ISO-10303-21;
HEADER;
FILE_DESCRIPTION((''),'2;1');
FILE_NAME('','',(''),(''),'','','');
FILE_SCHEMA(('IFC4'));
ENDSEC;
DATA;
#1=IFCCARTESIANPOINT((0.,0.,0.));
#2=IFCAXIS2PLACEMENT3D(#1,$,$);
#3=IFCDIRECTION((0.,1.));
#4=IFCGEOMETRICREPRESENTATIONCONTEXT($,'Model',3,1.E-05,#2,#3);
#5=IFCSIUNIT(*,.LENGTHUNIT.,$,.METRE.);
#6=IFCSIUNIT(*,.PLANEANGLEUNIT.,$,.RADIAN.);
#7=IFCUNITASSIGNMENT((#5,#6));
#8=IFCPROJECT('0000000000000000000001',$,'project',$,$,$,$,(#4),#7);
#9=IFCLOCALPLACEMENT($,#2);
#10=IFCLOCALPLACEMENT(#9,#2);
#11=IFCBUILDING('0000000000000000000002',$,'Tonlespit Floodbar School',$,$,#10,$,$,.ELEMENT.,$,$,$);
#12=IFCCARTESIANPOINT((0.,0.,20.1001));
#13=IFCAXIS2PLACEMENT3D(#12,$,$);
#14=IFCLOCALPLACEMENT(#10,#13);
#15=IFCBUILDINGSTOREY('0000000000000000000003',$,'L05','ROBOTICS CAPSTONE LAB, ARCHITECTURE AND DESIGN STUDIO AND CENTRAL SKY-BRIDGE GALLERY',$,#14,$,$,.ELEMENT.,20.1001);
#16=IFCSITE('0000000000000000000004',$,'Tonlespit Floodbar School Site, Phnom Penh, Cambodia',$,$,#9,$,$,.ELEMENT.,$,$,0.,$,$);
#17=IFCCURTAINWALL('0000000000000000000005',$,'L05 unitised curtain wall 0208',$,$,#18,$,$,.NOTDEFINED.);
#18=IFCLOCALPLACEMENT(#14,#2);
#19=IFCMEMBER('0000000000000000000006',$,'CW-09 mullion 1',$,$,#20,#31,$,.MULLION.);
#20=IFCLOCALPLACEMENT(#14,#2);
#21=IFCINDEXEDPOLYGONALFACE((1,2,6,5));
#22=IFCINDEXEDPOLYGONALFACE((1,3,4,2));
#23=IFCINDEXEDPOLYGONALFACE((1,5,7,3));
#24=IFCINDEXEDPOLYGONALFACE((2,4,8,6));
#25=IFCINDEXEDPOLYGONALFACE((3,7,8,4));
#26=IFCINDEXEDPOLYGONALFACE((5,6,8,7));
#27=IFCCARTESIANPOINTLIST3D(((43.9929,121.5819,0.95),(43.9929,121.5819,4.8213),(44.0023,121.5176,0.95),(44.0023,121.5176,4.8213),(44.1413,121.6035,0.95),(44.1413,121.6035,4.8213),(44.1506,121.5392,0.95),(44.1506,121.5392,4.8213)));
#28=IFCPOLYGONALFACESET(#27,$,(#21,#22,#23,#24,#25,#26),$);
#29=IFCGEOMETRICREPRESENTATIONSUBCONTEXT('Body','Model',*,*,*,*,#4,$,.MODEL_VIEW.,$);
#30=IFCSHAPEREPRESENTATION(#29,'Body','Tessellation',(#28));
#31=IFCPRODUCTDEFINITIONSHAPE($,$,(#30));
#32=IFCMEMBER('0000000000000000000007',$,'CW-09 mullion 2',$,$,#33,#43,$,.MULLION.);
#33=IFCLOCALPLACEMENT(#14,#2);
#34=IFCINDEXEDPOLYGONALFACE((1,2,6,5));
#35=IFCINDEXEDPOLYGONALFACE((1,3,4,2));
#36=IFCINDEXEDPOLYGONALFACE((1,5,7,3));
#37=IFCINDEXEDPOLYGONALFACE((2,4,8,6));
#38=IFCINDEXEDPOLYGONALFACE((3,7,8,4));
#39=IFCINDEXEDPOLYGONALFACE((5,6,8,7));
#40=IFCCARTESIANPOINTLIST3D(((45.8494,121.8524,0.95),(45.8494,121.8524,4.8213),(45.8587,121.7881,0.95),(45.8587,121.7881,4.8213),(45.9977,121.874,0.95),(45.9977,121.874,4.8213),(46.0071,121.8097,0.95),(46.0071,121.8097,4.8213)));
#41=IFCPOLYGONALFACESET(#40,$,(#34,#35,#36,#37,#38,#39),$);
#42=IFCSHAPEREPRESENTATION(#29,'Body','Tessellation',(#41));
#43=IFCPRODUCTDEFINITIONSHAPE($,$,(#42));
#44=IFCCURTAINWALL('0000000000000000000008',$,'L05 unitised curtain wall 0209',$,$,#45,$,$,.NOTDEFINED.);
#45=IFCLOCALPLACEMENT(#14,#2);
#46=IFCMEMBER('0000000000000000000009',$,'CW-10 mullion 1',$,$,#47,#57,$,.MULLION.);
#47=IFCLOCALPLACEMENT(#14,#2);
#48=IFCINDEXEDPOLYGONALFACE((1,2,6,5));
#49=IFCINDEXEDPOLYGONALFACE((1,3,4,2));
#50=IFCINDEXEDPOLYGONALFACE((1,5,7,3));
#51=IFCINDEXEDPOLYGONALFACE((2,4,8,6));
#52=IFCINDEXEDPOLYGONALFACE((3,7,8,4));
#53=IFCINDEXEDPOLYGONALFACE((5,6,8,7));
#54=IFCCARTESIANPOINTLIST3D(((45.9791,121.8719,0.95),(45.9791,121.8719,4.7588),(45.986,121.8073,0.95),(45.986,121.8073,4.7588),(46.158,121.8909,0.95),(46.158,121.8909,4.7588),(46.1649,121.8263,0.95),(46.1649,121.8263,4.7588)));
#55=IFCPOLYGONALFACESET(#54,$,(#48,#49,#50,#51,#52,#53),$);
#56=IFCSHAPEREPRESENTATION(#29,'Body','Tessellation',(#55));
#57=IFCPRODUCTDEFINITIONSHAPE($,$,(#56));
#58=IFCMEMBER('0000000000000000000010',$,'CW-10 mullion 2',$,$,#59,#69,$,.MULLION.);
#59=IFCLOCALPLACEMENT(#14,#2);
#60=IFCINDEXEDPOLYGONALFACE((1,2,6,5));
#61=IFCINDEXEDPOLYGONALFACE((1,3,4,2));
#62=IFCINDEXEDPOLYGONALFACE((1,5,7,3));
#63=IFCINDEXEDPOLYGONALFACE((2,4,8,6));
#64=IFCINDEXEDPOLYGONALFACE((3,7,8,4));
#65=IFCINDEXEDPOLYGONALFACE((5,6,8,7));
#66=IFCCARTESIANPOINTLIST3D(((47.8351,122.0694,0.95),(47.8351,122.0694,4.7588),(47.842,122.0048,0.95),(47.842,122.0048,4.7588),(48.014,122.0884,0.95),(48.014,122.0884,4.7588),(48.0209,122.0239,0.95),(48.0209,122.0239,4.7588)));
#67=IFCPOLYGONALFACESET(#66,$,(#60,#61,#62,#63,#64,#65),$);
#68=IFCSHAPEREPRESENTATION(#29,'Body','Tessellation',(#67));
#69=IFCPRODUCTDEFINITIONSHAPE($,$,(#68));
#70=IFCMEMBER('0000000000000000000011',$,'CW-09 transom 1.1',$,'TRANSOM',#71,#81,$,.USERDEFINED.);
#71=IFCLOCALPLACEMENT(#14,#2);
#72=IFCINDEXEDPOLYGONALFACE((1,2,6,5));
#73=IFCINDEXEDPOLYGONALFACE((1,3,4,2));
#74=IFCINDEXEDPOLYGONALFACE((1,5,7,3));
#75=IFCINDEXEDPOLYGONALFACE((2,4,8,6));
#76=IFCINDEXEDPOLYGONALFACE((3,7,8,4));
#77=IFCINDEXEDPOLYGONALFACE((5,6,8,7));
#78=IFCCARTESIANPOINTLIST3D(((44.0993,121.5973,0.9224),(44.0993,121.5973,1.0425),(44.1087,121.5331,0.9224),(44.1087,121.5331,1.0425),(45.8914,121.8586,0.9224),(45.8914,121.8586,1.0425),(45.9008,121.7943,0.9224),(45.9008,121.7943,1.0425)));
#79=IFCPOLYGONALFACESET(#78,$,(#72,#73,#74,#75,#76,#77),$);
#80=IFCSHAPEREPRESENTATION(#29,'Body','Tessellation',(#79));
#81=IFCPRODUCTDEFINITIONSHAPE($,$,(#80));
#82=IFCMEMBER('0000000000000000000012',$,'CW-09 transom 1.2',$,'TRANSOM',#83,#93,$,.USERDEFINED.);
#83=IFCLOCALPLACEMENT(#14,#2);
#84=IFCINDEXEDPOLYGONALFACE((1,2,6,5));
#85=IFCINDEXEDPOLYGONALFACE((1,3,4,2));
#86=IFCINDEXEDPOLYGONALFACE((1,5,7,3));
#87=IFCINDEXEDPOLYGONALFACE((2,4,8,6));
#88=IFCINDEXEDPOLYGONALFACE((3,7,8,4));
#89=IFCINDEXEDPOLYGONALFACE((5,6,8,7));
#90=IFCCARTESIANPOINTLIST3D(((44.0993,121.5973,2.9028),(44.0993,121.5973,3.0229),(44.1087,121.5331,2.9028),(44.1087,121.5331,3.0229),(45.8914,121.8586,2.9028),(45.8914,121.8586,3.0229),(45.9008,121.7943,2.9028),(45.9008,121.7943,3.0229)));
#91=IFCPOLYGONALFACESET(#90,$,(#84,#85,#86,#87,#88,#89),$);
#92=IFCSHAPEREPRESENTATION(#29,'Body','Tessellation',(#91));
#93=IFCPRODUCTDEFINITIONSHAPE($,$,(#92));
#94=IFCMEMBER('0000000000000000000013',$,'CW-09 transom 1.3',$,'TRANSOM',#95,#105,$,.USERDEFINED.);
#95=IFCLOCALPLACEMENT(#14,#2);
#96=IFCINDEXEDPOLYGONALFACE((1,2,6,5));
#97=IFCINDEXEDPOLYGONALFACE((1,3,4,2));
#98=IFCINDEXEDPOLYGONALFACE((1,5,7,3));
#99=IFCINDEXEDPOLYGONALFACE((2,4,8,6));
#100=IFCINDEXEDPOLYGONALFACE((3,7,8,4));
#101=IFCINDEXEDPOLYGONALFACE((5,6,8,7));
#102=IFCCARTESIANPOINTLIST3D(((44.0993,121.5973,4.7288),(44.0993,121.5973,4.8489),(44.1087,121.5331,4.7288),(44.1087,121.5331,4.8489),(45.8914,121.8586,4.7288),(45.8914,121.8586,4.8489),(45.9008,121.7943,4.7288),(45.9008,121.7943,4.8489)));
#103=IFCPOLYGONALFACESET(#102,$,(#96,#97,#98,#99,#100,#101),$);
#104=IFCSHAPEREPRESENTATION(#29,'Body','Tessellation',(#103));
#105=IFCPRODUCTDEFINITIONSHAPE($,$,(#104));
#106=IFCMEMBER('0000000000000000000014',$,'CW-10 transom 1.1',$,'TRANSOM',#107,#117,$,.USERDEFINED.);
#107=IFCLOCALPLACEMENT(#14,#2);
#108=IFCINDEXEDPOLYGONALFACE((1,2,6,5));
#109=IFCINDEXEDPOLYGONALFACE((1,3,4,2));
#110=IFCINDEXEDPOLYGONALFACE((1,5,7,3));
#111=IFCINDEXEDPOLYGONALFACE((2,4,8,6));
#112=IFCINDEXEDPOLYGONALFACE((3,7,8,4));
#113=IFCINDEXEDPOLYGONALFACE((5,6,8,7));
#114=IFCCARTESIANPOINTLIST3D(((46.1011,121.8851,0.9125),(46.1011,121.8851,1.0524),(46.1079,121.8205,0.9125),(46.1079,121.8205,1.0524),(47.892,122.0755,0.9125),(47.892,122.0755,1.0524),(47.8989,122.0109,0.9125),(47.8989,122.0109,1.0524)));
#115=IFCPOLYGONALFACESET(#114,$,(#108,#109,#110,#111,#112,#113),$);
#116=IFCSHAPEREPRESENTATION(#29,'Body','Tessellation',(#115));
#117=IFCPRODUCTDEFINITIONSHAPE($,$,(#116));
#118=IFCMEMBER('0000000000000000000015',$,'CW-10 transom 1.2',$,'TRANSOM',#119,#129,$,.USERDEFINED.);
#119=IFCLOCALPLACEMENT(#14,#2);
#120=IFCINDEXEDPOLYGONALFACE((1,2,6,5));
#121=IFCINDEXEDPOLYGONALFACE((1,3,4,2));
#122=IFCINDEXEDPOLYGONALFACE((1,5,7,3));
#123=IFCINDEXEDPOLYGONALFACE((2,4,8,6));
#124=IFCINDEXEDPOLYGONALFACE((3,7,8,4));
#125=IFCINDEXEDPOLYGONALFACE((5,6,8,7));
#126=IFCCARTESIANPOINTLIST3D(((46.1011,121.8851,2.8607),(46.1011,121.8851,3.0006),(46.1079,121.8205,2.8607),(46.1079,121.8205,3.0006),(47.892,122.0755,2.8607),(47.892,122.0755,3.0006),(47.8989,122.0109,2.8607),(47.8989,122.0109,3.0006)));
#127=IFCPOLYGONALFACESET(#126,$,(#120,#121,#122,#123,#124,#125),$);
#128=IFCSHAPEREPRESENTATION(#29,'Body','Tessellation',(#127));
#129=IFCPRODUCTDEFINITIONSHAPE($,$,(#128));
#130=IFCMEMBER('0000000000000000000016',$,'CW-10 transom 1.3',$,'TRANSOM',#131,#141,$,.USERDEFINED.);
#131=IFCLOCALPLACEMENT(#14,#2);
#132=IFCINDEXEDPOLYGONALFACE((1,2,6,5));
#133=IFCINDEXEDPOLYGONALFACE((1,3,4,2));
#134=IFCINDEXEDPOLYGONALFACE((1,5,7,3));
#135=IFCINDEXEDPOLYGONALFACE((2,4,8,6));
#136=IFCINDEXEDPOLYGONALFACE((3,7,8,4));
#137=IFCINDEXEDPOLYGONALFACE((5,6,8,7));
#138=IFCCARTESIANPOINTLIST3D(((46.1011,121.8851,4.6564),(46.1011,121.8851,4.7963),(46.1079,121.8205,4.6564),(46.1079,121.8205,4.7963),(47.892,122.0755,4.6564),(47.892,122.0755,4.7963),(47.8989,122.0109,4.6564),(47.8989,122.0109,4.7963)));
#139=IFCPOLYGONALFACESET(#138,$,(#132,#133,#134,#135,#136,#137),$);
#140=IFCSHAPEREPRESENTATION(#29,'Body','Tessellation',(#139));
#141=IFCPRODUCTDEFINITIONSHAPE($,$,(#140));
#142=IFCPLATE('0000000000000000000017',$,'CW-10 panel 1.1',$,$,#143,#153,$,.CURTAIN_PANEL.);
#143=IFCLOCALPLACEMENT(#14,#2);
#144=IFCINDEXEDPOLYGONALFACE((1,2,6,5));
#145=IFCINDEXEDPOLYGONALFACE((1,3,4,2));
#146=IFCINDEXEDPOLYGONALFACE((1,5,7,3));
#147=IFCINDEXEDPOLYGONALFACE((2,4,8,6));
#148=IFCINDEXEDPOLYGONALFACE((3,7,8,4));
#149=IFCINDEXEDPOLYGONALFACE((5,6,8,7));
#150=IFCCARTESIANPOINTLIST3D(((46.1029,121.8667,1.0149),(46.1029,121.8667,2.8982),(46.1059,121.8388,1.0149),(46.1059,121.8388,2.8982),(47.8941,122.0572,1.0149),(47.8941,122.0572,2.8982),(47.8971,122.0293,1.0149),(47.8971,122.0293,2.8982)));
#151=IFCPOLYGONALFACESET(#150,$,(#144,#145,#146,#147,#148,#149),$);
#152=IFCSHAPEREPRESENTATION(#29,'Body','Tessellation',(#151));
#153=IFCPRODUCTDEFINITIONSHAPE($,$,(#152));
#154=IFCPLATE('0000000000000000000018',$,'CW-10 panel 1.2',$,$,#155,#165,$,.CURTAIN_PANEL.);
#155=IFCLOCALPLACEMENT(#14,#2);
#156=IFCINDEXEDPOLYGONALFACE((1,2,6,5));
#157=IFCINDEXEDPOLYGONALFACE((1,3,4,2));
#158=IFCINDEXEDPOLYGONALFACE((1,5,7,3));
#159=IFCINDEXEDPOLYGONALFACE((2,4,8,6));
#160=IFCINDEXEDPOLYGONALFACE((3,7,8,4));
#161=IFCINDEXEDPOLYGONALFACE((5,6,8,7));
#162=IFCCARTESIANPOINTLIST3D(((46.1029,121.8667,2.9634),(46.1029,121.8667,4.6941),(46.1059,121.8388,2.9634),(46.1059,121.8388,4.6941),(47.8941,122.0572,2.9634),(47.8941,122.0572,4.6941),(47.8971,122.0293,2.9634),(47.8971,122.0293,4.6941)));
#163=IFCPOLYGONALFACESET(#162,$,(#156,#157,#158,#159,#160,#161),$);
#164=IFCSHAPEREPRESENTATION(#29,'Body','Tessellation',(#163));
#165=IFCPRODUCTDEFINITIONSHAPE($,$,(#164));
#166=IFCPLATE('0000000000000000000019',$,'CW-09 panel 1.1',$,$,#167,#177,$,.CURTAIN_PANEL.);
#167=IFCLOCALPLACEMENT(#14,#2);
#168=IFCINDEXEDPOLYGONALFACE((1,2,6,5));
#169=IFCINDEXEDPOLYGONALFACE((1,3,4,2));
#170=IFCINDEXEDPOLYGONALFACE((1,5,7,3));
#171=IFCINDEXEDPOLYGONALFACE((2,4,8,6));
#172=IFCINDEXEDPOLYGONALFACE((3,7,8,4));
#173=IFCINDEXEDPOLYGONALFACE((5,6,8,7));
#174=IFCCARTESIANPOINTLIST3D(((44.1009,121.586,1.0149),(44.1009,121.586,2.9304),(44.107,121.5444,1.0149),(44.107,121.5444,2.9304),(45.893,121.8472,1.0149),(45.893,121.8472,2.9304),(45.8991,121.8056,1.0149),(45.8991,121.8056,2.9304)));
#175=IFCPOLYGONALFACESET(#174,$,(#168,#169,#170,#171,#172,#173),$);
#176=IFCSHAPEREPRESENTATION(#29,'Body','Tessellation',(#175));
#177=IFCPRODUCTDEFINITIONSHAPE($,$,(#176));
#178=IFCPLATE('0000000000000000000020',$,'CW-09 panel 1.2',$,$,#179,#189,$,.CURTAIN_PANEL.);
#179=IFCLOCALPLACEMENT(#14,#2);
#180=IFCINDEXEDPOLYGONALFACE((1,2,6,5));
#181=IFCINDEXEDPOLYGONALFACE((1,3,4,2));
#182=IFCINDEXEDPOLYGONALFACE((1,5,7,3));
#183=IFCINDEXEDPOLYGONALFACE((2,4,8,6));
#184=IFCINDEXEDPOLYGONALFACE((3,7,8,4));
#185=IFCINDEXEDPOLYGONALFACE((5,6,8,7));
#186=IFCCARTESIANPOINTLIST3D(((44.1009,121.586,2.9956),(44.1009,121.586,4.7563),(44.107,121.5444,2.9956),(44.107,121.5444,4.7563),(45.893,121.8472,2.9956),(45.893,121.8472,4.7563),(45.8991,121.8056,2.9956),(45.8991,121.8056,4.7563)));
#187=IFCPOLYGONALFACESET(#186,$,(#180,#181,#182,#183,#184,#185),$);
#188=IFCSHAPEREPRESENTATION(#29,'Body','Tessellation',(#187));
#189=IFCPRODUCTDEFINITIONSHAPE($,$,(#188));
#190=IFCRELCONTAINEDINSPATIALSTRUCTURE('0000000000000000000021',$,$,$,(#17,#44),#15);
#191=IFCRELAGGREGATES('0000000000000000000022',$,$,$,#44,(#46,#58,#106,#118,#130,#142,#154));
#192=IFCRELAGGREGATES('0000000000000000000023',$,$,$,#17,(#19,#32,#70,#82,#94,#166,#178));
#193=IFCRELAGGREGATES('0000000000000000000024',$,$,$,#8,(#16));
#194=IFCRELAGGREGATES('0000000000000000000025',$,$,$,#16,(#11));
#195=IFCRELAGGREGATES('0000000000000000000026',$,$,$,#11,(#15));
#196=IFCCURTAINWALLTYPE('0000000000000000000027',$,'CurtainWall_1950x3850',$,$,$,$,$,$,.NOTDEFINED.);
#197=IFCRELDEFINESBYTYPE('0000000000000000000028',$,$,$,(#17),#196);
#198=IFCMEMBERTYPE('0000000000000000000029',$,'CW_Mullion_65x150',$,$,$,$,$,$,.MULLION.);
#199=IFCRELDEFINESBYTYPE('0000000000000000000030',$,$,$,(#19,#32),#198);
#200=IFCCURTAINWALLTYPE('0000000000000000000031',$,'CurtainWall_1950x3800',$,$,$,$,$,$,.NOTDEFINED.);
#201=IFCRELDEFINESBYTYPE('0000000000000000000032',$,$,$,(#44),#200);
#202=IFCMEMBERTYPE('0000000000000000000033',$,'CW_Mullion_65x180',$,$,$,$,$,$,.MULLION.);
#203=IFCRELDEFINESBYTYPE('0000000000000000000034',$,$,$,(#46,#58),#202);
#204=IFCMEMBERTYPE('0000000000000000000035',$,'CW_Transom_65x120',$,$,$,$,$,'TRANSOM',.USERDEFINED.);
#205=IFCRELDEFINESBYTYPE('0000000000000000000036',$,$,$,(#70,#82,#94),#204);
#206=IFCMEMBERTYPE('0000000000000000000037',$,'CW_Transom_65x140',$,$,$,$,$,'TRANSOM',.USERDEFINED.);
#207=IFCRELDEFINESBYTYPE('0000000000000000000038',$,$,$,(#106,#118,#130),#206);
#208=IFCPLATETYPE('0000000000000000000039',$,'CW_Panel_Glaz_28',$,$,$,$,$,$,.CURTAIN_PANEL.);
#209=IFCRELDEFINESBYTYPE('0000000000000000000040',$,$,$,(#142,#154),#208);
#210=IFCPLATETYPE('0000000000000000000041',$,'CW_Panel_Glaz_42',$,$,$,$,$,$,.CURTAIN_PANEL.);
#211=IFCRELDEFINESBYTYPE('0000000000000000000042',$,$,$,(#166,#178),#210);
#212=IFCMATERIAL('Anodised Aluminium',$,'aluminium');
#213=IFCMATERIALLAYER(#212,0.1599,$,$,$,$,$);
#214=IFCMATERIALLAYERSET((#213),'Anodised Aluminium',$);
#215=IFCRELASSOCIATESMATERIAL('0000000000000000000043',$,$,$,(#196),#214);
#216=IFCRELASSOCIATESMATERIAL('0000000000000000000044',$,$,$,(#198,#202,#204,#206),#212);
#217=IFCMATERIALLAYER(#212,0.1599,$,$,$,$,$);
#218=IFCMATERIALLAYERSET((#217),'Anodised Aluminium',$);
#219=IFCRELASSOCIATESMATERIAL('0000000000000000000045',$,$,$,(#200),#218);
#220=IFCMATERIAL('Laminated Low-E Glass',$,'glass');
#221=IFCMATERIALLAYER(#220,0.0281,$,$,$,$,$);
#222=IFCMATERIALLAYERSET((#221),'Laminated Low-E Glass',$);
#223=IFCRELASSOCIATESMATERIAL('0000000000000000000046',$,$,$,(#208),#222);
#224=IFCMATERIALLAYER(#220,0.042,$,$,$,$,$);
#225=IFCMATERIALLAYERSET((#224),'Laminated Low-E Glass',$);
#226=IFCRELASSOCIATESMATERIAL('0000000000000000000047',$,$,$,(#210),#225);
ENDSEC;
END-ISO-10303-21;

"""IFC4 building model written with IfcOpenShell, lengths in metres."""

from ifc_helpers import new_model, si_unit, direction, frame, origin, origin_2d, place, context, subcontext, project, spatial, rectangle, extrude, material, layer, layer_set, material_profile, profile_set, type_object, element, aggregate, save


model = new_model("IFC4")

# Units and contexts
model_context = context("Model", 3, precision=1e-05, world=origin(), true_north=direction((0.0, 1.0)))
body_context = subcontext(model_context, "Body", "Model", "MODEL_VIEW")
ifc_project = project(units=[si_unit("LENGTHUNIT", "METRE"), si_unit("PLANEANGLEUNIT", "RADIAN")], contexts=[model_context])

# Site, building, storey
site_placement = place(None, origin())
site = spatial("IfcSite", under=ifc_project, at=site_placement, Name="Tonlespit Floodbar School Site, Phnom Penh, Cambodia", CompositionType="ELEMENT", RefElevation=0.0)
building_placement = place(site_placement, origin())
building = spatial("IfcBuilding", under=site, at=building_placement, Name="Tonlespit Floodbar School", CompositionType="ELEMENT")
storey_placement = place(building_placement, frame((0.0, 0.0, 20.1001)))
storey = spatial("IfcBuildingStorey", under=building, at=storey_placement, Name="L05", Description="ROBOTICS CAPSTONE LAB, ARCHITECTURE AND DESIGN STUDIO AND CENTRAL SKY-BRIDGE GALLERY", CompositionType="ELEMENT", Elevation=20.1001)

# Curtain walls, members
ifc_material_1 = material(Name="Anodised Aluminium", Category="aluminium")
ifc_layer_1 = layer(ifc_material_1, 0.1599)
ifc_layer_set_1 = layer_set([ifc_layer_1], Name="Anodised Aluminium")
curtain_wall_type_1 = type_object("IfcCurtainWallType", Name="CurtainWall_1950x3850", PredefinedType="NOTDEFINED", material=ifc_layer_set_1)
curtain_wall_1_placement = place(storey_placement, origin())
curtain_wall_1 = element("IfcCurtainWall", 1, at=curtain_wall_1_placement, inside=storey, type_object=curtain_wall_type_1, Name="L05 unitised curtain wall 0208", PredefinedType="NOTDEFINED")
ifc_material_profile_1 = material_profile(ifc_material_1, rectangle(XDim=0.0649, YDim=0.1499, at=origin_2d()), Name="ALU M65x150")
ifc_profile_set_1 = profile_set([ifc_material_profile_1], Name="Anodised Aluminium")
member_type_1 = type_object("IfcMemberType", Name="CW_Mullion_65x150", PredefinedType="MULLION", material=ifc_profile_set_1)
member_1_placement = place(storey_placement, frame((44.0718, 121.5605, 0.95), z_axis=(0.0, 0.0, 1.0), x_axis=(-0.144248, 0.989542, 0.0)))
member_1 = element("IfcMember", 2, at=member_1_placement, type_object=member_type_1, Name="CW-09 mullion 1", PredefinedType="MULLION", context=body_context, shape_type="SweptSolid", body=[
    extrude(rectangle(XDim=0.0649, YDim=0.1499, at=origin_2d()), origin(), (0.0, 0.0, 1.0), 3.8713),
])
member_2_placement = place(storey_placement, frame((45.9282, 121.8311, 0.95), z_axis=(0.0, 0.0, 1.0), x_axis=(-0.144248, 0.989542, 0.0)))
member_2 = element("IfcMember", 3, at=member_2_placement, type_object=member_type_1, Name="CW-09 mullion 2", PredefinedType="MULLION", context=body_context, shape_type="SweptSolid", body=[
    extrude(rectangle(XDim=0.0649, YDim=0.1499, at=origin_2d()), origin(), (0.0, 0.0, 1.0), 3.8713),
])
ifc_layer_2 = layer(ifc_material_1, 0.1599)
ifc_layer_set_2 = layer_set([ifc_layer_2], Name="Anodised Aluminium")
curtain_wall_type_2 = type_object("IfcCurtainWallType", Name="CurtainWall_1950x3800", PredefinedType="NOTDEFINED", material=ifc_layer_set_2)
curtain_wall_2_placement = place(storey_placement, origin())
curtain_wall_2 = element("IfcCurtainWall", 4, at=curtain_wall_2_placement, inside=storey, type_object=curtain_wall_type_2, Name="L05 unitised curtain wall 0209", PredefinedType="NOTDEFINED")
ifc_material_profile_2 = material_profile(ifc_material_1, rectangle(XDim=0.0649, YDim=0.1799, at=origin_2d()), Name="ALU M65x180")
ifc_profile_set_2 = profile_set([ifc_material_profile_2], Name="Anodised Aluminium")
member_type_2 = type_object("IfcMemberType", Name="CW_Mullion_65x180", PredefinedType="MULLION", material=ifc_profile_set_2)
member_3_placement = place(storey_placement, frame((46.072, 121.8491, 0.95), z_axis=(0.0, 0.0, 1.0), x_axis=(-0.105787, 0.994389, 0.0)))
member_3 = element("IfcMember", 5, at=member_3_placement, type_object=member_type_2, Name="CW-10 mullion 1", PredefinedType="MULLION", context=body_context, shape_type="SweptSolid", body=[
    extrude(rectangle(XDim=0.0649, YDim=0.1799, at=origin_2d()), origin(), (0.0, 0.0, 1.0), 3.8088),
])
member_4_placement = place(storey_placement, frame((47.928, 122.0466, 0.95), z_axis=(0.0, 0.0, 1.0), x_axis=(-0.105787, 0.994389, 0.0)))
member_4 = element("IfcMember", 6, at=member_4_placement, type_object=member_type_2, Name="CW-10 mullion 2", PredefinedType="MULLION", context=body_context, shape_type="SweptSolid", body=[
    extrude(rectangle(XDim=0.0649, YDim=0.1799, at=origin_2d()), origin(), (0.0, 0.0, 1.0), 3.8088),
])

# Members
ifc_material_profile_3 = material_profile(ifc_material_1, rectangle(XDim=0.0649, YDim=0.1201, at=origin_2d()), Name="ALU T65x120")
ifc_profile_set_3 = profile_set([ifc_material_profile_3], Name="Anodised Aluminium")
member_type_3 = type_object("IfcMemberType", Name="CW_Transom_65x120", ElementType="TRANSOM", PredefinedType="USERDEFINED", material=ifc_profile_set_3)
member_5_placement = place(storey_placement, frame((44.104, 121.5652, 0.9824), z_axis=(0.989541, 0.144252, 0.0), x_axis=(-0.144252, 0.989541, 0.0)))
member_5 = element("IfcMember", 7, at=member_5_placement, type_object=member_type_3, Name="CW-09 transom 1.1", ObjectType="TRANSOM", PredefinedType="USERDEFINED", context=body_context, shape_type="SweptSolid", body=[
    extrude(rectangle(XDim=0.0649, YDim=0.1201, at=origin_2d()), origin(), (0.0, 0.0, 1.0), 1.811),
])
member_6_placement = place(storey_placement, frame((44.104, 121.5652, 2.9629), z_axis=(0.989541, 0.144252, 0.0), x_axis=(-0.144252, 0.989541, 0.0)))
member_6 = element("IfcMember", 8, at=member_6_placement, type_object=member_type_3, Name="CW-09 transom 1.2", ObjectType="TRANSOM", PredefinedType="USERDEFINED", context=body_context, shape_type="SweptSolid", body=[
    extrude(rectangle(XDim=0.0649, YDim=0.1201, at=origin_2d()), origin(), (0.0, 0.0, 1.0), 1.811),
])
member_7_placement = place(storey_placement, frame((44.104, 121.5652, 4.7888), z_axis=(0.989541, 0.144252, 0.0), x_axis=(-0.144252, 0.989541, 0.0)))
member_7 = element("IfcMember", 9, at=member_7_placement, type_object=member_type_3, Name="CW-09 transom 1.3", ObjectType="TRANSOM", PredefinedType="USERDEFINED", context=body_context, shape_type="SweptSolid", body=[
    extrude(rectangle(XDim=0.0649, YDim=0.1201, at=origin_2d()), origin(), (0.0, 0.0, 1.0), 1.811),
])
ifc_material_profile_4 = material_profile(ifc_material_1, rectangle(XDim=0.0649, YDim=0.1399, at=origin_2d()), Name="ALU T65x140")
ifc_profile_set_4 = profile_set([ifc_material_profile_4], Name="Anodised Aluminium")
member_type_4 = type_object("IfcMemberType", Name="CW_Transom_65x140", ElementType="TRANSOM", PredefinedType="USERDEFINED", material=ifc_profile_set_4)
member_8_placement = place(storey_placement, frame((46.1045, 121.8528, 0.9824), z_axis=(0.994395, 0.105729, 0.0), x_axis=(-0.105729, 0.994395, 0.0)))
member_8 = element("IfcMember", 10, at=member_8_placement, type_object=member_type_4, Name="CW-10 transom 1.1", ObjectType="TRANSOM", PredefinedType="USERDEFINED", context=body_context, shape_type="SweptSolid", body=[
    extrude(rectangle(XDim=0.0649, YDim=0.1399, at=origin_2d()), origin(), (0.0, 0.0, 1.0), 1.801),
])
member_9_placement = place(storey_placement, frame((46.1045, 121.8528, 2.9307), z_axis=(0.994395, 0.105729, 0.0), x_axis=(-0.105729, 0.994395, 0.0)))
member_9 = element("IfcMember", 11, at=member_9_placement, type_object=member_type_4, Name="CW-10 transom 1.2", ObjectType="TRANSOM", PredefinedType="USERDEFINED", context=body_context, shape_type="SweptSolid", body=[
    extrude(rectangle(XDim=0.0649, YDim=0.1399, at=origin_2d()), origin(), (0.0, 0.0, 1.0), 1.801),
])
member_10_placement = place(storey_placement, frame((46.1045, 121.8528, 4.7263), z_axis=(0.994395, 0.105729, 0.0), x_axis=(-0.105729, 0.994395, 0.0)))
member_10 = element("IfcMember", 12, at=member_10_placement, type_object=member_type_4, Name="CW-10 transom 1.3", ObjectType="TRANSOM", PredefinedType="USERDEFINED", context=body_context, shape_type="SweptSolid", body=[
    extrude(rectangle(XDim=0.0649, YDim=0.1399, at=origin_2d()), origin(), (0.0, 0.0, 1.0), 1.801),
])

# Plates
ifc_material_2 = material(Name="Laminated Low-E Glass", Category="glass")
ifc_layer_3 = layer(ifc_material_2, 0.0281)
ifc_layer_set_3 = layer_set([ifc_layer_3], Name="Laminated Low-E Glass")
plate_type_1 = type_object("IfcPlateType", Name="CW_Panel_Glaz_28", PredefinedType="CURTAIN_PANEL", material=ifc_layer_set_3)
plate_1_placement = place(storey_placement, frame((47.0, 121.948, 1.0149), z_axis=(0.0, 0.0, 1.0), x_axis=(0.994389, 0.105787, 0.0)))
plate_1 = element("IfcPlate", 13, at=plate_1_placement, type_object=plate_type_1, Name="CW-10 panel 1.1", PredefinedType="CURTAIN_PANEL", context=body_context, shape_type="SweptSolid", body=[
    extrude(rectangle(XDim=1.8013, YDim=0.0281, at=origin_2d()), origin(), (0.0, 0.0, 1.0), 1.8833),
])
plate_2_placement = place(storey_placement, frame((47.0, 121.948, 2.9634), z_axis=(0.0, 0.0, 1.0), x_axis=(0.994389, 0.105787, 0.0)))
plate_2 = element("IfcPlate", 14, at=plate_2_placement, type_object=plate_type_1, Name="CW-10 panel 1.2", PredefinedType="CURTAIN_PANEL", context=body_context, shape_type="SweptSolid", body=[
    extrude(rectangle(XDim=1.8013, YDim=0.0281, at=origin_2d()), origin(), (0.0, 0.0, 1.0), 1.7307),
])
aggregate(curtain_wall_2, [member_3, member_4, member_8, member_9, member_10, plate_1, plate_2])
ifc_layer_4 = layer(ifc_material_2, 0.042)
ifc_layer_set_4 = layer_set([ifc_layer_4], Name="Laminated Low-E Glass")
plate_type_2 = type_object("IfcPlateType", Name="CW_Panel_Glaz_42", PredefinedType="CURTAIN_PANEL", material=ifc_layer_set_4)
plate_3_placement = place(storey_placement, frame((45.0, 121.6958, 1.0149), z_axis=(0.0, 0.0, 1.0), x_axis=(0.989542, 0.144248, 0.0)))
plate_3 = element("IfcPlate", 15, at=plate_3_placement, type_object=plate_type_2, Name="CW-09 panel 1.1", PredefinedType="CURTAIN_PANEL", context=body_context, shape_type="SweptSolid", body=[
    extrude(rectangle(XDim=1.811, YDim=0.042, at=origin_2d()), origin(), (0.0, 0.0, 1.0), 1.9155),
])
plate_4_placement = place(storey_placement, frame((45.0, 121.6958, 2.9956), z_axis=(0.0, 0.0, 1.0), x_axis=(0.989542, 0.144248, 0.0)))
plate_4 = element("IfcPlate", 16, at=plate_4_placement, type_object=plate_type_2, Name="CW-09 panel 1.2", PredefinedType="CURTAIN_PANEL", context=body_context, shape_type="SweptSolid", body=[
    extrude(rectangle(XDim=1.811, YDim=0.042, at=origin_2d()), origin(), (0.0, 0.0, 1.0), 1.7607),
])
aggregate(curtain_wall_1, [member_1, member_2, member_5, member_6, member_7, plate_3, plate_4])

save(model, "model.ifc")
